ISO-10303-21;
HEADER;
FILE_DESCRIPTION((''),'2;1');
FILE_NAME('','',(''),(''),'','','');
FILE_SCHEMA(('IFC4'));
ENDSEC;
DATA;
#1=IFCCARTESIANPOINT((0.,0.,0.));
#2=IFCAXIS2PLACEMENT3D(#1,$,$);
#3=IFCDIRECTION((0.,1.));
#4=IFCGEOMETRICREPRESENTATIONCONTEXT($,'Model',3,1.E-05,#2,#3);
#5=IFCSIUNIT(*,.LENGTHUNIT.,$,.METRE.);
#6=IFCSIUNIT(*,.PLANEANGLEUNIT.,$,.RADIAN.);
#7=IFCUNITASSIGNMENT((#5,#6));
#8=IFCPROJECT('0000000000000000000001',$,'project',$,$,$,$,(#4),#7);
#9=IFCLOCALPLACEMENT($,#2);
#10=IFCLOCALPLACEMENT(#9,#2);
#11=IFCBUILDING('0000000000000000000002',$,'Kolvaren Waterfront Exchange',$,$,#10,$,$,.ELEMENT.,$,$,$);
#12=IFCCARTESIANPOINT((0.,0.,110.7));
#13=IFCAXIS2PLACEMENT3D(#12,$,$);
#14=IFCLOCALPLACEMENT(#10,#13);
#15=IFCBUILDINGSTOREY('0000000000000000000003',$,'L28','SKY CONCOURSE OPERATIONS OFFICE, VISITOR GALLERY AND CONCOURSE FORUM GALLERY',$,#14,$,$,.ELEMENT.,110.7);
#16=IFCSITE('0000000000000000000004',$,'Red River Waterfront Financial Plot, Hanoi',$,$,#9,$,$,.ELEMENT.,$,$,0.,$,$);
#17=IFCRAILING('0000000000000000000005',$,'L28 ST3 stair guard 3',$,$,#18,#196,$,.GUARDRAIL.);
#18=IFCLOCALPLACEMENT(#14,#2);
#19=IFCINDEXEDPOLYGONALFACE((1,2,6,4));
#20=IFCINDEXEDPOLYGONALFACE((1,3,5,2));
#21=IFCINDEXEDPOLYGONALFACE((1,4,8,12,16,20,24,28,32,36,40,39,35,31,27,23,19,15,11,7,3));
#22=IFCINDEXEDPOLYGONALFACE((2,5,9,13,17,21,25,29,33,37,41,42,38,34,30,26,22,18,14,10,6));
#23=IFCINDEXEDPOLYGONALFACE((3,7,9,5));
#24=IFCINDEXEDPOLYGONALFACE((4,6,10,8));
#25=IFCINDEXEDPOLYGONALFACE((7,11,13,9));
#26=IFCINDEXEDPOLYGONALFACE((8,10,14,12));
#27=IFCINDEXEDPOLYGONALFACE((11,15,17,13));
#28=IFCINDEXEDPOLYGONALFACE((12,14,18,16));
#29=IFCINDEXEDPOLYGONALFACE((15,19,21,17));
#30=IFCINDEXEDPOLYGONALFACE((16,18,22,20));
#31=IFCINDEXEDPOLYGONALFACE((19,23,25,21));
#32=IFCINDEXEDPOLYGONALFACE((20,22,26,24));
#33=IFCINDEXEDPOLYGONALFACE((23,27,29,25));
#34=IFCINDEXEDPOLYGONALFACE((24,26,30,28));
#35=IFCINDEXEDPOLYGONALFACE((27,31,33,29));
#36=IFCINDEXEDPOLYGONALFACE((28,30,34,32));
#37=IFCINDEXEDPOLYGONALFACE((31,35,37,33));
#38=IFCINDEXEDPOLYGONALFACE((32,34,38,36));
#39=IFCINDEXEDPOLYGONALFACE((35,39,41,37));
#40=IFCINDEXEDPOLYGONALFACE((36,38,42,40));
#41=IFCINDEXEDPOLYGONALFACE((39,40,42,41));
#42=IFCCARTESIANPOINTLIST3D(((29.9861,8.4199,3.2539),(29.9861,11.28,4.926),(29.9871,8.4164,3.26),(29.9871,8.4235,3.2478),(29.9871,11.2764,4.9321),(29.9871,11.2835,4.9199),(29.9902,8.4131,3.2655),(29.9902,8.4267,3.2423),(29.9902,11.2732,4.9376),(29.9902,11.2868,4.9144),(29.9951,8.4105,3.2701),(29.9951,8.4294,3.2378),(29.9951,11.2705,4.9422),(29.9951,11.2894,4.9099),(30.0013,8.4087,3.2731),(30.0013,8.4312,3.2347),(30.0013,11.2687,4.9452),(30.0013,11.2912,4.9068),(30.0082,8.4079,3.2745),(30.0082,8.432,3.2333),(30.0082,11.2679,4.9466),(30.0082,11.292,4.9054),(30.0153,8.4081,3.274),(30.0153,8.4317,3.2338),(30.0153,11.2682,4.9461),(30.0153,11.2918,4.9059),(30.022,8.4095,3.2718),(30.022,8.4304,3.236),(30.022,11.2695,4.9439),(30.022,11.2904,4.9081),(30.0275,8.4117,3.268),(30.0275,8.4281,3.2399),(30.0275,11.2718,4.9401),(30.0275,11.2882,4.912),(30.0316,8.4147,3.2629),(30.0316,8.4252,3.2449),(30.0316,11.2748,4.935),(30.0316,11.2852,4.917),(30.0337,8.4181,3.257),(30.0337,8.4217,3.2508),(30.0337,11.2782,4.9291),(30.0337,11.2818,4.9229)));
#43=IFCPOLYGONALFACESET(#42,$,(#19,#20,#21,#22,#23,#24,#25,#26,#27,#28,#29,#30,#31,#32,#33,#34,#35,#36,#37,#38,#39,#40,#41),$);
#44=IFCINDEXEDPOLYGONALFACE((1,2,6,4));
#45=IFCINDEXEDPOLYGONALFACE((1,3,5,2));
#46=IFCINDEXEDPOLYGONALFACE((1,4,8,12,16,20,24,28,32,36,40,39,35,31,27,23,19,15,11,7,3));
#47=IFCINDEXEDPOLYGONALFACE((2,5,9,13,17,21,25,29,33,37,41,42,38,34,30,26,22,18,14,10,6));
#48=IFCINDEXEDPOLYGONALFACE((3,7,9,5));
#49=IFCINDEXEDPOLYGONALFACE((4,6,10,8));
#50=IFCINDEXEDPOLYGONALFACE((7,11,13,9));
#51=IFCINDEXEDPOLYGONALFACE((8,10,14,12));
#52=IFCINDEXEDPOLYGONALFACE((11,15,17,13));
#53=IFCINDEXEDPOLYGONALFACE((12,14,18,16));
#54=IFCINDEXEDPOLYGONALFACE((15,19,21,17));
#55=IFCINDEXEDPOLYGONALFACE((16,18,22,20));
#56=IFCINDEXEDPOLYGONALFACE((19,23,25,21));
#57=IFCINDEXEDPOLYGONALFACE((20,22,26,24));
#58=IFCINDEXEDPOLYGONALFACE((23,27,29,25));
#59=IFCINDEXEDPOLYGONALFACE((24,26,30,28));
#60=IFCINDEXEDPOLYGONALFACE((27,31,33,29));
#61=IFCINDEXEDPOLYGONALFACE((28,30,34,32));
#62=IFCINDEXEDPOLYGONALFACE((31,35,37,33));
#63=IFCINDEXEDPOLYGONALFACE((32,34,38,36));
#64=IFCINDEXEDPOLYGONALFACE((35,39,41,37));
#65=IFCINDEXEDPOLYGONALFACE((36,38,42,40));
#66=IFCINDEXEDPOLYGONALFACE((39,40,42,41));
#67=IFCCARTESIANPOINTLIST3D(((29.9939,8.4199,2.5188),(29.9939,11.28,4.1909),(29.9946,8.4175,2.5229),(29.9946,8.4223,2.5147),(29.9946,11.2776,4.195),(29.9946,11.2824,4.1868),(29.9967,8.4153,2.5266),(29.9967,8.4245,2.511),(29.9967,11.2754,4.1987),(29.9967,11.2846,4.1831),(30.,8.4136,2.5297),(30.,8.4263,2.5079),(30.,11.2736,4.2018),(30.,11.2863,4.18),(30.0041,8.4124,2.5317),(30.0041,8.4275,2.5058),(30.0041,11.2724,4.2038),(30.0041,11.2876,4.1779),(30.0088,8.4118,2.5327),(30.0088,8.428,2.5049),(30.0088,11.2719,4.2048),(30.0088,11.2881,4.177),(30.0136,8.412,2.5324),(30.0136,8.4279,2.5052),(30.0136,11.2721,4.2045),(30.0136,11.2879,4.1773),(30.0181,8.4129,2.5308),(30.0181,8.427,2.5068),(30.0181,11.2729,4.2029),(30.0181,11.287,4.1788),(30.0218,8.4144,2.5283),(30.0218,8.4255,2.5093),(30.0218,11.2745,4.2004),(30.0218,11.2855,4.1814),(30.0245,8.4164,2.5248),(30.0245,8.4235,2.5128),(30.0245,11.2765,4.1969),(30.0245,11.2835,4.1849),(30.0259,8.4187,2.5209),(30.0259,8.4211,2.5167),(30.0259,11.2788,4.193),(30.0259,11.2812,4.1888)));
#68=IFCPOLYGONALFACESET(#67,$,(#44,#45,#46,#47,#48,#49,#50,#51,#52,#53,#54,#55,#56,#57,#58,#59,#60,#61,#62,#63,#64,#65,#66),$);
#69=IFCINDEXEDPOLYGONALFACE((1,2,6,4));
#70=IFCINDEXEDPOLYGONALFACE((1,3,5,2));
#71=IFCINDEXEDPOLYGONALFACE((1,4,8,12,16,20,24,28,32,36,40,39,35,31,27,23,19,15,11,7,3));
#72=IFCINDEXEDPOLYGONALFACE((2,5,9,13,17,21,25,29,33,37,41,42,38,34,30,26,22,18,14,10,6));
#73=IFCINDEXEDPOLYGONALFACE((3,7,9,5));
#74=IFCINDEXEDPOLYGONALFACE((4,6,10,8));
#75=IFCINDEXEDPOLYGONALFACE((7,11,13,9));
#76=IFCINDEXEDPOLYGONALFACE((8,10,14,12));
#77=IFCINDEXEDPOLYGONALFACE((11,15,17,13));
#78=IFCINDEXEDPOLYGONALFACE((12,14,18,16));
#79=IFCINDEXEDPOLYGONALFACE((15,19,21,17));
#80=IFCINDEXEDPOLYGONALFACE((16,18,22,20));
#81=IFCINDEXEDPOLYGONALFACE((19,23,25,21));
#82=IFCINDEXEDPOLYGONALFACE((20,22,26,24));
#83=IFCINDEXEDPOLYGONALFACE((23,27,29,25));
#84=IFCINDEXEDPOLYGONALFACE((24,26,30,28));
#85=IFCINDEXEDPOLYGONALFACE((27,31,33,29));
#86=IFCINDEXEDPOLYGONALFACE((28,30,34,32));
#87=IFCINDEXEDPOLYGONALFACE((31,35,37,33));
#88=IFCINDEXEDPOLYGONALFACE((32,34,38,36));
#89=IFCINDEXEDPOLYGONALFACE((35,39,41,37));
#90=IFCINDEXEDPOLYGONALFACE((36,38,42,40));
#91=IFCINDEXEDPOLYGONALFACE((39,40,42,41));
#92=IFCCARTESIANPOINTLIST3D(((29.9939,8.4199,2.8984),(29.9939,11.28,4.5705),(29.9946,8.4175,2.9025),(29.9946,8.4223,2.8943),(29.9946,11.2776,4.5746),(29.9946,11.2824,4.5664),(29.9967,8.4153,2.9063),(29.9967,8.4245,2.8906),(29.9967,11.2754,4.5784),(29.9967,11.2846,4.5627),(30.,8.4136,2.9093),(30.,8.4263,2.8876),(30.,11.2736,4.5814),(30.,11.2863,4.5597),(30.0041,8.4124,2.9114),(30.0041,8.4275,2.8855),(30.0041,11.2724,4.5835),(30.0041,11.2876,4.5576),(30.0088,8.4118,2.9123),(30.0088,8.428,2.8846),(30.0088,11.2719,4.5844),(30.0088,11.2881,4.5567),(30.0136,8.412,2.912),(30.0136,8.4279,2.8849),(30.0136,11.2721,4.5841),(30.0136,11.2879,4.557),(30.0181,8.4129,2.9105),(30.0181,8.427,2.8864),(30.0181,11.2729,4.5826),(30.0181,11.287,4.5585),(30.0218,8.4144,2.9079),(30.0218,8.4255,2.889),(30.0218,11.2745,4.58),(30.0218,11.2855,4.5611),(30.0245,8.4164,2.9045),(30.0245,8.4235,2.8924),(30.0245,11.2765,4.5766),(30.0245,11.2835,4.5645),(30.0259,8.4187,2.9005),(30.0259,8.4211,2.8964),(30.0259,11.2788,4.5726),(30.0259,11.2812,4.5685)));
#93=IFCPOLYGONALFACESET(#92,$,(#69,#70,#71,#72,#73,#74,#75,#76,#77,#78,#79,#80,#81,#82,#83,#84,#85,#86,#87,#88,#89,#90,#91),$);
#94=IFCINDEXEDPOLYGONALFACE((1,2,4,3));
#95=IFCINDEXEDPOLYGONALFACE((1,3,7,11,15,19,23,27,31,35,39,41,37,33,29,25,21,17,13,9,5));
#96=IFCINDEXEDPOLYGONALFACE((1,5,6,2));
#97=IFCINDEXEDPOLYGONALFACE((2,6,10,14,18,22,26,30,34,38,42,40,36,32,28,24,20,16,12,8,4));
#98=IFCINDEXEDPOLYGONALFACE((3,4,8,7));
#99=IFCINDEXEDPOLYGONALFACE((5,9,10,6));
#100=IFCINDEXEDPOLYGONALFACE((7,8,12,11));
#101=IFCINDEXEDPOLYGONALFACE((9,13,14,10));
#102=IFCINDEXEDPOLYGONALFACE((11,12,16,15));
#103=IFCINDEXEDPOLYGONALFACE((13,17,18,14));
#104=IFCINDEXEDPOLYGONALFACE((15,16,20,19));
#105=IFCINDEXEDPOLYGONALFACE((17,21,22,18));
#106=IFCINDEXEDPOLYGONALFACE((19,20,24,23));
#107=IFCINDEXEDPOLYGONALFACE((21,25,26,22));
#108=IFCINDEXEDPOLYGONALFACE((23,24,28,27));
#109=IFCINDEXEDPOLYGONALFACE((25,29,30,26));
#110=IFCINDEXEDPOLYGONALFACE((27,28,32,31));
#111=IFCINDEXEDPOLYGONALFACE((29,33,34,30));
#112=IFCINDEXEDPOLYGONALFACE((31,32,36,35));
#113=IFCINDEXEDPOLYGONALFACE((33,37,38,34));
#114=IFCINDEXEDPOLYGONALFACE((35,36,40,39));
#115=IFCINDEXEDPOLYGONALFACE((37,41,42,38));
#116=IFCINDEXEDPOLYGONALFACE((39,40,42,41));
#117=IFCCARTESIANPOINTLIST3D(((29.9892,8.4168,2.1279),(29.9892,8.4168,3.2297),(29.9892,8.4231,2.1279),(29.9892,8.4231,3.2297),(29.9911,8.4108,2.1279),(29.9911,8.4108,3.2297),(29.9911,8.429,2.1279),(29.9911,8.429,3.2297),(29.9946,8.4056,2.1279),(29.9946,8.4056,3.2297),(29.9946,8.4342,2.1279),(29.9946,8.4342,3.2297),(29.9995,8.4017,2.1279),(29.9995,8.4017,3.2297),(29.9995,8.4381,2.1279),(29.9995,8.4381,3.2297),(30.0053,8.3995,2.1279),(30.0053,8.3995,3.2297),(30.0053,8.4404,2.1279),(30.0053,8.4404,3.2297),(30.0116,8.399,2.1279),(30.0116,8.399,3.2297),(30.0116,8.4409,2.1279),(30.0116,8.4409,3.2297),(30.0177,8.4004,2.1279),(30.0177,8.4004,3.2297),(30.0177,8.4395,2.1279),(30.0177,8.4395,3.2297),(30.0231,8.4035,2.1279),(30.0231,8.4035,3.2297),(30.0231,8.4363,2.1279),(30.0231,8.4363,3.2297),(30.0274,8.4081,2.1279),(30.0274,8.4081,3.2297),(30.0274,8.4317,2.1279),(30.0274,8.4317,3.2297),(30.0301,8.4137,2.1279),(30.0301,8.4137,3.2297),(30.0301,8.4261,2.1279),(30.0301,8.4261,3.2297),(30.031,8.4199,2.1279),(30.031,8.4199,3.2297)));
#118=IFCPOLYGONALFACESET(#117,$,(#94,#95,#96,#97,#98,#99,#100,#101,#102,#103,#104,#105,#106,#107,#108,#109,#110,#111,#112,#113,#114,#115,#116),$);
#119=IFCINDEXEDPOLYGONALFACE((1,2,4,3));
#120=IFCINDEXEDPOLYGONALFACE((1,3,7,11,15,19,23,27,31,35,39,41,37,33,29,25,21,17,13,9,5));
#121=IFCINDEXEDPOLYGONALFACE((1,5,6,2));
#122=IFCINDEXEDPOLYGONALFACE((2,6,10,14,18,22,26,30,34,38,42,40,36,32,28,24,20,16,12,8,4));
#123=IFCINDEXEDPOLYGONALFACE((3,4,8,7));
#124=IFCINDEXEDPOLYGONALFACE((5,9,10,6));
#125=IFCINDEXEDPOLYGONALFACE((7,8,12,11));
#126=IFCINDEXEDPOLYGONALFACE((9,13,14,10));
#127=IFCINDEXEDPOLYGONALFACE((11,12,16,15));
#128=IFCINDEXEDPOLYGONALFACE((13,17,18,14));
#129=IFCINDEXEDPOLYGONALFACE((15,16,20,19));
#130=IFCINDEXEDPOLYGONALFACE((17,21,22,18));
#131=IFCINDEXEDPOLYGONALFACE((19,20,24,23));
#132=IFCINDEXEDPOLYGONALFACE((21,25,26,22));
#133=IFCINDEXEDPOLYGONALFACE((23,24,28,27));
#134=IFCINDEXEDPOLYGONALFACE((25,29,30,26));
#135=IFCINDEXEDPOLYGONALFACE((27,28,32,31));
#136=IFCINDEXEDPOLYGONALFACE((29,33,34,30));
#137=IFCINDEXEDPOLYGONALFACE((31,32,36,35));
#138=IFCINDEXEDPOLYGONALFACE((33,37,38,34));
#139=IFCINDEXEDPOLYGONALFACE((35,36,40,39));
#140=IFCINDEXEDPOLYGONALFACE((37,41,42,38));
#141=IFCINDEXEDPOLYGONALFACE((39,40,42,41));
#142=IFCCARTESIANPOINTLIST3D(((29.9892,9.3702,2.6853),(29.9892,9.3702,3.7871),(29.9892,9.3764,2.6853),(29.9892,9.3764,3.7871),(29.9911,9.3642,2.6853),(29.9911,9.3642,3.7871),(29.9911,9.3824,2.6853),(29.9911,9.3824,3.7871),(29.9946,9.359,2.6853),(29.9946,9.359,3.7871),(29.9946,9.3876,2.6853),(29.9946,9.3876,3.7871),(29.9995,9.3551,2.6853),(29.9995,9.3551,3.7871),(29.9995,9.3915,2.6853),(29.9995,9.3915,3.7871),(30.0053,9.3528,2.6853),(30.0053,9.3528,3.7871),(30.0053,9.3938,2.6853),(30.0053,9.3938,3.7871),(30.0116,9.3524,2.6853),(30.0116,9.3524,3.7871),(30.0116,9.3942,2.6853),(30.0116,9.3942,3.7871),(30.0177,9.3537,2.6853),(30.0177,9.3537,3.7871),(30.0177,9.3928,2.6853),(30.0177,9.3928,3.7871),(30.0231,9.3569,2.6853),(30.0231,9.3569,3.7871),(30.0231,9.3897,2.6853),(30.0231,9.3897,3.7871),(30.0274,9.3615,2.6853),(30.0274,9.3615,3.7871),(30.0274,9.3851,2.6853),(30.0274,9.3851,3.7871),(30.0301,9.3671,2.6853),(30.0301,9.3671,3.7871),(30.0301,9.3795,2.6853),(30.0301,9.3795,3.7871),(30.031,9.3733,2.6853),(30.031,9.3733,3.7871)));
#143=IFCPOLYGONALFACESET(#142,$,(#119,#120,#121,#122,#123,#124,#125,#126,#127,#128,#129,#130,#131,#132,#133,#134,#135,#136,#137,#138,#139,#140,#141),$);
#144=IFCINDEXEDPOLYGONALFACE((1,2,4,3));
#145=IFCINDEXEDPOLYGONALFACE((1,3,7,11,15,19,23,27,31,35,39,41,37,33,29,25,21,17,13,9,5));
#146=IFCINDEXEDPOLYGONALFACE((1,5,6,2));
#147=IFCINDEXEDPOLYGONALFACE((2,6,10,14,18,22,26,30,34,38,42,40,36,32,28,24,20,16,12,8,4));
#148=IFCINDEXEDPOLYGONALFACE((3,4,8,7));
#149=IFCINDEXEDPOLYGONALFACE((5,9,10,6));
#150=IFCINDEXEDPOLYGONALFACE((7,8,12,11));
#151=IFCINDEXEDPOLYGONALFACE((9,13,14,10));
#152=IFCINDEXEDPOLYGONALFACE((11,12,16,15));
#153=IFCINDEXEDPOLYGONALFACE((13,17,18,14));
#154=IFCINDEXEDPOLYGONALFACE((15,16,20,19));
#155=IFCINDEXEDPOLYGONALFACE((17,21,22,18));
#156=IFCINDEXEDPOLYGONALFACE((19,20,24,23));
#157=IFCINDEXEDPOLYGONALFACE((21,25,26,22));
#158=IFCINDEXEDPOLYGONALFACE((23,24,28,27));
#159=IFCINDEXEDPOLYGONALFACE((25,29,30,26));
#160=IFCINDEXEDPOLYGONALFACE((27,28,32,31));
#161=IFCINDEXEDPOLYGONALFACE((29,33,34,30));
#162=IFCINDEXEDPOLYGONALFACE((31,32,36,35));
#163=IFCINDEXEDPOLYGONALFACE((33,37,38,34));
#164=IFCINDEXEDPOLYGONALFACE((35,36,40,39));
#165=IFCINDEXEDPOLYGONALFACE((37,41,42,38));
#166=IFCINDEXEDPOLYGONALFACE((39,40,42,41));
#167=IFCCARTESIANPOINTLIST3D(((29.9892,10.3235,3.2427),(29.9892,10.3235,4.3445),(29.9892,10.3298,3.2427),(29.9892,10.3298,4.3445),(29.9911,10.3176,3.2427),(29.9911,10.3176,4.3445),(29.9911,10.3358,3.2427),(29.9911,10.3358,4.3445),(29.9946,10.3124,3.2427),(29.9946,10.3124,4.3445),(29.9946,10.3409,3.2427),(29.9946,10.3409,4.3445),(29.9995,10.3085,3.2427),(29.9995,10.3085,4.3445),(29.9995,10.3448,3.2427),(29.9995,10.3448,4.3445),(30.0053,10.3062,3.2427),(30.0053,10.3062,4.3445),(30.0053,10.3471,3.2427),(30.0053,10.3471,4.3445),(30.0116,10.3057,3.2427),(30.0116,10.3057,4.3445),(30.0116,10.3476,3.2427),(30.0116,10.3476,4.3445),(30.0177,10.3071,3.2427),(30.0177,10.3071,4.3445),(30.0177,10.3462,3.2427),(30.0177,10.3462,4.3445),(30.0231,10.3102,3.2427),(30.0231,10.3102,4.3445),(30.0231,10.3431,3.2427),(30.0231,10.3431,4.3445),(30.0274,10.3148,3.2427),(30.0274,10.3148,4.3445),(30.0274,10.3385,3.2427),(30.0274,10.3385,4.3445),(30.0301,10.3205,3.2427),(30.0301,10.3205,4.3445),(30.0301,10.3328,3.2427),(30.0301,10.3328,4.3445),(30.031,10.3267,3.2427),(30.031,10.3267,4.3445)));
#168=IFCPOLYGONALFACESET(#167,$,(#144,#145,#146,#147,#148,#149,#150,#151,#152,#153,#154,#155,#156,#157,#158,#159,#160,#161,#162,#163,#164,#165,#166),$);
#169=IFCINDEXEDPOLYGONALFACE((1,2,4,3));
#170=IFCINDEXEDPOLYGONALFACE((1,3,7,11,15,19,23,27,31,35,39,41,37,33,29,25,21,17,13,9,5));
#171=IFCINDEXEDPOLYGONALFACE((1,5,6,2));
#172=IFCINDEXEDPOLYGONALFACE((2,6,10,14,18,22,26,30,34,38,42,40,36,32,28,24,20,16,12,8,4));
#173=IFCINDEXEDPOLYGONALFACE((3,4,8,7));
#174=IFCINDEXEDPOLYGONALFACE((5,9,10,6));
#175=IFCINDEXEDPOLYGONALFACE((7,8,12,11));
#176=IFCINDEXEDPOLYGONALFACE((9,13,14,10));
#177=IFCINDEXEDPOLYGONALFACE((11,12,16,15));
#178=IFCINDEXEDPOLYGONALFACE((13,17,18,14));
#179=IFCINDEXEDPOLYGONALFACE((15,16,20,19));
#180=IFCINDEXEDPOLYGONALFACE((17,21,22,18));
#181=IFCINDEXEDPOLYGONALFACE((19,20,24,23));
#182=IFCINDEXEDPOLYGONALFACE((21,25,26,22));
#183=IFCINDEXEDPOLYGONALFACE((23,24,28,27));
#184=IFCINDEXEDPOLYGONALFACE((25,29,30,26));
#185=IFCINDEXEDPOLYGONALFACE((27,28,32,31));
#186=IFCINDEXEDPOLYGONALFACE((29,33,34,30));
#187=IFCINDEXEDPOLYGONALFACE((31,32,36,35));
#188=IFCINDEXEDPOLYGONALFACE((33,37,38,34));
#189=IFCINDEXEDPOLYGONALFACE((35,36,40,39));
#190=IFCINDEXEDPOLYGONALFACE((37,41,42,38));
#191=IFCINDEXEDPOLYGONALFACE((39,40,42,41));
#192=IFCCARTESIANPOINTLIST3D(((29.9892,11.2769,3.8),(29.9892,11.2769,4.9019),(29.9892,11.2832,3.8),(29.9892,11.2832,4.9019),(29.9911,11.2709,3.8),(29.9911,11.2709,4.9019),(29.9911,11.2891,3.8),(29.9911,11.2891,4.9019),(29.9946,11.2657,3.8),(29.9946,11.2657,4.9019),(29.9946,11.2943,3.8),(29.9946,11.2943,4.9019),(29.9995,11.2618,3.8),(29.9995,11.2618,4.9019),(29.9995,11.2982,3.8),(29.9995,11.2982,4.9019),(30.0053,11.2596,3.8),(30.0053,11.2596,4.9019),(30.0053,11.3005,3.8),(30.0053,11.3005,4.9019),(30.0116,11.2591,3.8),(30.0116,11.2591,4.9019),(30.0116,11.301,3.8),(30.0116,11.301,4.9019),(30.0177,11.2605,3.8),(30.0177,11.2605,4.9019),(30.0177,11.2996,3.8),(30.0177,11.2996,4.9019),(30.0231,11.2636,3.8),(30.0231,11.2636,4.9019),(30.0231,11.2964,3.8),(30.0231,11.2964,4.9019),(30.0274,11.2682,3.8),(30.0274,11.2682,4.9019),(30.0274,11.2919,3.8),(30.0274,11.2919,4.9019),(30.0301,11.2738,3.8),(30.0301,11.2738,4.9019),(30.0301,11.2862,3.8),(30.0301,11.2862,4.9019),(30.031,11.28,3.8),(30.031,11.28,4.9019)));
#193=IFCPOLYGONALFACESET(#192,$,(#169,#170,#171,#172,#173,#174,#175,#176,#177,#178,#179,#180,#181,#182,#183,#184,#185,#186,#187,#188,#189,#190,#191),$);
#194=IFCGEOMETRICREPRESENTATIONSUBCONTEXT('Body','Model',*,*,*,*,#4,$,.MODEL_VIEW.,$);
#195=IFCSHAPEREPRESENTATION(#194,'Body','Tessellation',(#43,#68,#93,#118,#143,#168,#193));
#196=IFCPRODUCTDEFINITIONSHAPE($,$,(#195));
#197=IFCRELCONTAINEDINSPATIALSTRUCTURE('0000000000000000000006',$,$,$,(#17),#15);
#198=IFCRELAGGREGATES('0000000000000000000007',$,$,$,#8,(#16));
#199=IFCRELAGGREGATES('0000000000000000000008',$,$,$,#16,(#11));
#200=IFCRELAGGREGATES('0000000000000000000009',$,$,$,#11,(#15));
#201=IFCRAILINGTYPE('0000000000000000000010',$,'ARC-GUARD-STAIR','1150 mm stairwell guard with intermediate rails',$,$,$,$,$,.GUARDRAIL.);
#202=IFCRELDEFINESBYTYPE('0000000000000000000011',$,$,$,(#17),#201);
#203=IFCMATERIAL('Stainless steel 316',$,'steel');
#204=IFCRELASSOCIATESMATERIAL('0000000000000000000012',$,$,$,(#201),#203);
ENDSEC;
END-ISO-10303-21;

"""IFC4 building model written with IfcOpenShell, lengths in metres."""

from ifc_helpers import new_model, si_unit, direction, frame, origin, origin_2d, place, context, subcontext, project, spatial, circle, extrude, material, type_object, element, save


model = new_model("IFC4")

# Units and contexts
model_context = context("Model", 3, precision=1e-05, world=origin(), true_north=direction((0.0, 1.0)))
body_context = subcontext(model_context, "Body", "Model", "MODEL_VIEW")
ifc_project = project(units=[si_unit("LENGTHUNIT", "METRE"), si_unit("PLANEANGLEUNIT", "RADIAN")], contexts=[model_context])

# Site, building, storey
site_placement = place(None, origin())
site = spatial("IfcSite", under=ifc_project, at=site_placement, Name="Red River Waterfront Financial Plot, Hanoi", CompositionType="ELEMENT", RefElevation=0.0)
building_placement = place(site_placement, origin())
building = spatial("IfcBuilding", under=site, at=building_placement, Name="Kolvaren Waterfront Exchange", CompositionType="ELEMENT")
storey_placement = place(building_placement, frame((0.0, 0.0, 110.7)))
storey = spatial("IfcBuildingStorey", under=building, at=storey_placement, Name="L28", Description="SKY CONCOURSE OPERATIONS OFFICE, VISITOR GALLERY AND CONCOURSE FORUM GALLERY", CompositionType="ELEMENT", Elevation=110.7)

# Railing
ifc_material_1 = material(Name="Stainless steel 316", Category="steel")
railing_type_1 = type_object("IfcRailingType", Name="ARC-GUARD-STAIR", Description="1150 mm stairwell guard with intermediate rails", PredefinedType="GUARDRAIL", material=ifc_material_1)
railing_1_placement = place(storey_placement, frame((30.01, 8.4199, 2.1279)))
element("IfcRailing", 1, at=railing_1_placement, inside=storey, type_object=railing_type_1, Name="L28 ST3 stair guard 3", PredefinedType="GUARDRAIL", context=body_context, shape_type="SweptSolid", body=[
    extrude(circle(Radius=0.0239, at=origin_2d()), frame((0.0, 0.0, 1.126), z_axis=(0.0, 0.863289, 0.504709), x_axis=(-1.0, 0.0, 0.0)), (0.0, 0.0, 1.0), 3.313),
    extrude(circle(Radius=0.0161, at=origin_2d()), frame((0.0, 0.0, 0.3909), z_axis=(0.0, 0.863289, 0.504709), x_axis=(-1.0, 0.0, 0.0)), (0.0, 0.0, 1.0), 3.313),
    extrude(circle(Radius=0.0161, at=origin_2d()), frame((0.0, 0.0, 0.7705), z_axis=(0.0, 0.863289, 0.504709), x_axis=(-1.0, 0.0, 0.0)), (0.0, 0.0, 1.0), 3.313),
    extrude(circle(Radius=0.021, at=origin_2d()), origin(), (0.0, 0.0, 1.0), 1.1018),
    extrude(circle(Radius=0.021, at=origin_2d()), frame((0.0, 0.9534, 0.5574)), (0.0, 0.0, 1.0), 1.1018),
    extrude(circle(Radius=0.021, at=origin_2d()), frame((0.0, 1.9067, 1.1147)), (0.0, 0.0, 1.0), 1.1018),
    extrude(circle(Radius=0.021, at=origin_2d()), frame((0.0, 2.8601, 1.6721)), (0.0, 0.0, 1.0), 1.1018),
])

save(model, "model.ifc")
